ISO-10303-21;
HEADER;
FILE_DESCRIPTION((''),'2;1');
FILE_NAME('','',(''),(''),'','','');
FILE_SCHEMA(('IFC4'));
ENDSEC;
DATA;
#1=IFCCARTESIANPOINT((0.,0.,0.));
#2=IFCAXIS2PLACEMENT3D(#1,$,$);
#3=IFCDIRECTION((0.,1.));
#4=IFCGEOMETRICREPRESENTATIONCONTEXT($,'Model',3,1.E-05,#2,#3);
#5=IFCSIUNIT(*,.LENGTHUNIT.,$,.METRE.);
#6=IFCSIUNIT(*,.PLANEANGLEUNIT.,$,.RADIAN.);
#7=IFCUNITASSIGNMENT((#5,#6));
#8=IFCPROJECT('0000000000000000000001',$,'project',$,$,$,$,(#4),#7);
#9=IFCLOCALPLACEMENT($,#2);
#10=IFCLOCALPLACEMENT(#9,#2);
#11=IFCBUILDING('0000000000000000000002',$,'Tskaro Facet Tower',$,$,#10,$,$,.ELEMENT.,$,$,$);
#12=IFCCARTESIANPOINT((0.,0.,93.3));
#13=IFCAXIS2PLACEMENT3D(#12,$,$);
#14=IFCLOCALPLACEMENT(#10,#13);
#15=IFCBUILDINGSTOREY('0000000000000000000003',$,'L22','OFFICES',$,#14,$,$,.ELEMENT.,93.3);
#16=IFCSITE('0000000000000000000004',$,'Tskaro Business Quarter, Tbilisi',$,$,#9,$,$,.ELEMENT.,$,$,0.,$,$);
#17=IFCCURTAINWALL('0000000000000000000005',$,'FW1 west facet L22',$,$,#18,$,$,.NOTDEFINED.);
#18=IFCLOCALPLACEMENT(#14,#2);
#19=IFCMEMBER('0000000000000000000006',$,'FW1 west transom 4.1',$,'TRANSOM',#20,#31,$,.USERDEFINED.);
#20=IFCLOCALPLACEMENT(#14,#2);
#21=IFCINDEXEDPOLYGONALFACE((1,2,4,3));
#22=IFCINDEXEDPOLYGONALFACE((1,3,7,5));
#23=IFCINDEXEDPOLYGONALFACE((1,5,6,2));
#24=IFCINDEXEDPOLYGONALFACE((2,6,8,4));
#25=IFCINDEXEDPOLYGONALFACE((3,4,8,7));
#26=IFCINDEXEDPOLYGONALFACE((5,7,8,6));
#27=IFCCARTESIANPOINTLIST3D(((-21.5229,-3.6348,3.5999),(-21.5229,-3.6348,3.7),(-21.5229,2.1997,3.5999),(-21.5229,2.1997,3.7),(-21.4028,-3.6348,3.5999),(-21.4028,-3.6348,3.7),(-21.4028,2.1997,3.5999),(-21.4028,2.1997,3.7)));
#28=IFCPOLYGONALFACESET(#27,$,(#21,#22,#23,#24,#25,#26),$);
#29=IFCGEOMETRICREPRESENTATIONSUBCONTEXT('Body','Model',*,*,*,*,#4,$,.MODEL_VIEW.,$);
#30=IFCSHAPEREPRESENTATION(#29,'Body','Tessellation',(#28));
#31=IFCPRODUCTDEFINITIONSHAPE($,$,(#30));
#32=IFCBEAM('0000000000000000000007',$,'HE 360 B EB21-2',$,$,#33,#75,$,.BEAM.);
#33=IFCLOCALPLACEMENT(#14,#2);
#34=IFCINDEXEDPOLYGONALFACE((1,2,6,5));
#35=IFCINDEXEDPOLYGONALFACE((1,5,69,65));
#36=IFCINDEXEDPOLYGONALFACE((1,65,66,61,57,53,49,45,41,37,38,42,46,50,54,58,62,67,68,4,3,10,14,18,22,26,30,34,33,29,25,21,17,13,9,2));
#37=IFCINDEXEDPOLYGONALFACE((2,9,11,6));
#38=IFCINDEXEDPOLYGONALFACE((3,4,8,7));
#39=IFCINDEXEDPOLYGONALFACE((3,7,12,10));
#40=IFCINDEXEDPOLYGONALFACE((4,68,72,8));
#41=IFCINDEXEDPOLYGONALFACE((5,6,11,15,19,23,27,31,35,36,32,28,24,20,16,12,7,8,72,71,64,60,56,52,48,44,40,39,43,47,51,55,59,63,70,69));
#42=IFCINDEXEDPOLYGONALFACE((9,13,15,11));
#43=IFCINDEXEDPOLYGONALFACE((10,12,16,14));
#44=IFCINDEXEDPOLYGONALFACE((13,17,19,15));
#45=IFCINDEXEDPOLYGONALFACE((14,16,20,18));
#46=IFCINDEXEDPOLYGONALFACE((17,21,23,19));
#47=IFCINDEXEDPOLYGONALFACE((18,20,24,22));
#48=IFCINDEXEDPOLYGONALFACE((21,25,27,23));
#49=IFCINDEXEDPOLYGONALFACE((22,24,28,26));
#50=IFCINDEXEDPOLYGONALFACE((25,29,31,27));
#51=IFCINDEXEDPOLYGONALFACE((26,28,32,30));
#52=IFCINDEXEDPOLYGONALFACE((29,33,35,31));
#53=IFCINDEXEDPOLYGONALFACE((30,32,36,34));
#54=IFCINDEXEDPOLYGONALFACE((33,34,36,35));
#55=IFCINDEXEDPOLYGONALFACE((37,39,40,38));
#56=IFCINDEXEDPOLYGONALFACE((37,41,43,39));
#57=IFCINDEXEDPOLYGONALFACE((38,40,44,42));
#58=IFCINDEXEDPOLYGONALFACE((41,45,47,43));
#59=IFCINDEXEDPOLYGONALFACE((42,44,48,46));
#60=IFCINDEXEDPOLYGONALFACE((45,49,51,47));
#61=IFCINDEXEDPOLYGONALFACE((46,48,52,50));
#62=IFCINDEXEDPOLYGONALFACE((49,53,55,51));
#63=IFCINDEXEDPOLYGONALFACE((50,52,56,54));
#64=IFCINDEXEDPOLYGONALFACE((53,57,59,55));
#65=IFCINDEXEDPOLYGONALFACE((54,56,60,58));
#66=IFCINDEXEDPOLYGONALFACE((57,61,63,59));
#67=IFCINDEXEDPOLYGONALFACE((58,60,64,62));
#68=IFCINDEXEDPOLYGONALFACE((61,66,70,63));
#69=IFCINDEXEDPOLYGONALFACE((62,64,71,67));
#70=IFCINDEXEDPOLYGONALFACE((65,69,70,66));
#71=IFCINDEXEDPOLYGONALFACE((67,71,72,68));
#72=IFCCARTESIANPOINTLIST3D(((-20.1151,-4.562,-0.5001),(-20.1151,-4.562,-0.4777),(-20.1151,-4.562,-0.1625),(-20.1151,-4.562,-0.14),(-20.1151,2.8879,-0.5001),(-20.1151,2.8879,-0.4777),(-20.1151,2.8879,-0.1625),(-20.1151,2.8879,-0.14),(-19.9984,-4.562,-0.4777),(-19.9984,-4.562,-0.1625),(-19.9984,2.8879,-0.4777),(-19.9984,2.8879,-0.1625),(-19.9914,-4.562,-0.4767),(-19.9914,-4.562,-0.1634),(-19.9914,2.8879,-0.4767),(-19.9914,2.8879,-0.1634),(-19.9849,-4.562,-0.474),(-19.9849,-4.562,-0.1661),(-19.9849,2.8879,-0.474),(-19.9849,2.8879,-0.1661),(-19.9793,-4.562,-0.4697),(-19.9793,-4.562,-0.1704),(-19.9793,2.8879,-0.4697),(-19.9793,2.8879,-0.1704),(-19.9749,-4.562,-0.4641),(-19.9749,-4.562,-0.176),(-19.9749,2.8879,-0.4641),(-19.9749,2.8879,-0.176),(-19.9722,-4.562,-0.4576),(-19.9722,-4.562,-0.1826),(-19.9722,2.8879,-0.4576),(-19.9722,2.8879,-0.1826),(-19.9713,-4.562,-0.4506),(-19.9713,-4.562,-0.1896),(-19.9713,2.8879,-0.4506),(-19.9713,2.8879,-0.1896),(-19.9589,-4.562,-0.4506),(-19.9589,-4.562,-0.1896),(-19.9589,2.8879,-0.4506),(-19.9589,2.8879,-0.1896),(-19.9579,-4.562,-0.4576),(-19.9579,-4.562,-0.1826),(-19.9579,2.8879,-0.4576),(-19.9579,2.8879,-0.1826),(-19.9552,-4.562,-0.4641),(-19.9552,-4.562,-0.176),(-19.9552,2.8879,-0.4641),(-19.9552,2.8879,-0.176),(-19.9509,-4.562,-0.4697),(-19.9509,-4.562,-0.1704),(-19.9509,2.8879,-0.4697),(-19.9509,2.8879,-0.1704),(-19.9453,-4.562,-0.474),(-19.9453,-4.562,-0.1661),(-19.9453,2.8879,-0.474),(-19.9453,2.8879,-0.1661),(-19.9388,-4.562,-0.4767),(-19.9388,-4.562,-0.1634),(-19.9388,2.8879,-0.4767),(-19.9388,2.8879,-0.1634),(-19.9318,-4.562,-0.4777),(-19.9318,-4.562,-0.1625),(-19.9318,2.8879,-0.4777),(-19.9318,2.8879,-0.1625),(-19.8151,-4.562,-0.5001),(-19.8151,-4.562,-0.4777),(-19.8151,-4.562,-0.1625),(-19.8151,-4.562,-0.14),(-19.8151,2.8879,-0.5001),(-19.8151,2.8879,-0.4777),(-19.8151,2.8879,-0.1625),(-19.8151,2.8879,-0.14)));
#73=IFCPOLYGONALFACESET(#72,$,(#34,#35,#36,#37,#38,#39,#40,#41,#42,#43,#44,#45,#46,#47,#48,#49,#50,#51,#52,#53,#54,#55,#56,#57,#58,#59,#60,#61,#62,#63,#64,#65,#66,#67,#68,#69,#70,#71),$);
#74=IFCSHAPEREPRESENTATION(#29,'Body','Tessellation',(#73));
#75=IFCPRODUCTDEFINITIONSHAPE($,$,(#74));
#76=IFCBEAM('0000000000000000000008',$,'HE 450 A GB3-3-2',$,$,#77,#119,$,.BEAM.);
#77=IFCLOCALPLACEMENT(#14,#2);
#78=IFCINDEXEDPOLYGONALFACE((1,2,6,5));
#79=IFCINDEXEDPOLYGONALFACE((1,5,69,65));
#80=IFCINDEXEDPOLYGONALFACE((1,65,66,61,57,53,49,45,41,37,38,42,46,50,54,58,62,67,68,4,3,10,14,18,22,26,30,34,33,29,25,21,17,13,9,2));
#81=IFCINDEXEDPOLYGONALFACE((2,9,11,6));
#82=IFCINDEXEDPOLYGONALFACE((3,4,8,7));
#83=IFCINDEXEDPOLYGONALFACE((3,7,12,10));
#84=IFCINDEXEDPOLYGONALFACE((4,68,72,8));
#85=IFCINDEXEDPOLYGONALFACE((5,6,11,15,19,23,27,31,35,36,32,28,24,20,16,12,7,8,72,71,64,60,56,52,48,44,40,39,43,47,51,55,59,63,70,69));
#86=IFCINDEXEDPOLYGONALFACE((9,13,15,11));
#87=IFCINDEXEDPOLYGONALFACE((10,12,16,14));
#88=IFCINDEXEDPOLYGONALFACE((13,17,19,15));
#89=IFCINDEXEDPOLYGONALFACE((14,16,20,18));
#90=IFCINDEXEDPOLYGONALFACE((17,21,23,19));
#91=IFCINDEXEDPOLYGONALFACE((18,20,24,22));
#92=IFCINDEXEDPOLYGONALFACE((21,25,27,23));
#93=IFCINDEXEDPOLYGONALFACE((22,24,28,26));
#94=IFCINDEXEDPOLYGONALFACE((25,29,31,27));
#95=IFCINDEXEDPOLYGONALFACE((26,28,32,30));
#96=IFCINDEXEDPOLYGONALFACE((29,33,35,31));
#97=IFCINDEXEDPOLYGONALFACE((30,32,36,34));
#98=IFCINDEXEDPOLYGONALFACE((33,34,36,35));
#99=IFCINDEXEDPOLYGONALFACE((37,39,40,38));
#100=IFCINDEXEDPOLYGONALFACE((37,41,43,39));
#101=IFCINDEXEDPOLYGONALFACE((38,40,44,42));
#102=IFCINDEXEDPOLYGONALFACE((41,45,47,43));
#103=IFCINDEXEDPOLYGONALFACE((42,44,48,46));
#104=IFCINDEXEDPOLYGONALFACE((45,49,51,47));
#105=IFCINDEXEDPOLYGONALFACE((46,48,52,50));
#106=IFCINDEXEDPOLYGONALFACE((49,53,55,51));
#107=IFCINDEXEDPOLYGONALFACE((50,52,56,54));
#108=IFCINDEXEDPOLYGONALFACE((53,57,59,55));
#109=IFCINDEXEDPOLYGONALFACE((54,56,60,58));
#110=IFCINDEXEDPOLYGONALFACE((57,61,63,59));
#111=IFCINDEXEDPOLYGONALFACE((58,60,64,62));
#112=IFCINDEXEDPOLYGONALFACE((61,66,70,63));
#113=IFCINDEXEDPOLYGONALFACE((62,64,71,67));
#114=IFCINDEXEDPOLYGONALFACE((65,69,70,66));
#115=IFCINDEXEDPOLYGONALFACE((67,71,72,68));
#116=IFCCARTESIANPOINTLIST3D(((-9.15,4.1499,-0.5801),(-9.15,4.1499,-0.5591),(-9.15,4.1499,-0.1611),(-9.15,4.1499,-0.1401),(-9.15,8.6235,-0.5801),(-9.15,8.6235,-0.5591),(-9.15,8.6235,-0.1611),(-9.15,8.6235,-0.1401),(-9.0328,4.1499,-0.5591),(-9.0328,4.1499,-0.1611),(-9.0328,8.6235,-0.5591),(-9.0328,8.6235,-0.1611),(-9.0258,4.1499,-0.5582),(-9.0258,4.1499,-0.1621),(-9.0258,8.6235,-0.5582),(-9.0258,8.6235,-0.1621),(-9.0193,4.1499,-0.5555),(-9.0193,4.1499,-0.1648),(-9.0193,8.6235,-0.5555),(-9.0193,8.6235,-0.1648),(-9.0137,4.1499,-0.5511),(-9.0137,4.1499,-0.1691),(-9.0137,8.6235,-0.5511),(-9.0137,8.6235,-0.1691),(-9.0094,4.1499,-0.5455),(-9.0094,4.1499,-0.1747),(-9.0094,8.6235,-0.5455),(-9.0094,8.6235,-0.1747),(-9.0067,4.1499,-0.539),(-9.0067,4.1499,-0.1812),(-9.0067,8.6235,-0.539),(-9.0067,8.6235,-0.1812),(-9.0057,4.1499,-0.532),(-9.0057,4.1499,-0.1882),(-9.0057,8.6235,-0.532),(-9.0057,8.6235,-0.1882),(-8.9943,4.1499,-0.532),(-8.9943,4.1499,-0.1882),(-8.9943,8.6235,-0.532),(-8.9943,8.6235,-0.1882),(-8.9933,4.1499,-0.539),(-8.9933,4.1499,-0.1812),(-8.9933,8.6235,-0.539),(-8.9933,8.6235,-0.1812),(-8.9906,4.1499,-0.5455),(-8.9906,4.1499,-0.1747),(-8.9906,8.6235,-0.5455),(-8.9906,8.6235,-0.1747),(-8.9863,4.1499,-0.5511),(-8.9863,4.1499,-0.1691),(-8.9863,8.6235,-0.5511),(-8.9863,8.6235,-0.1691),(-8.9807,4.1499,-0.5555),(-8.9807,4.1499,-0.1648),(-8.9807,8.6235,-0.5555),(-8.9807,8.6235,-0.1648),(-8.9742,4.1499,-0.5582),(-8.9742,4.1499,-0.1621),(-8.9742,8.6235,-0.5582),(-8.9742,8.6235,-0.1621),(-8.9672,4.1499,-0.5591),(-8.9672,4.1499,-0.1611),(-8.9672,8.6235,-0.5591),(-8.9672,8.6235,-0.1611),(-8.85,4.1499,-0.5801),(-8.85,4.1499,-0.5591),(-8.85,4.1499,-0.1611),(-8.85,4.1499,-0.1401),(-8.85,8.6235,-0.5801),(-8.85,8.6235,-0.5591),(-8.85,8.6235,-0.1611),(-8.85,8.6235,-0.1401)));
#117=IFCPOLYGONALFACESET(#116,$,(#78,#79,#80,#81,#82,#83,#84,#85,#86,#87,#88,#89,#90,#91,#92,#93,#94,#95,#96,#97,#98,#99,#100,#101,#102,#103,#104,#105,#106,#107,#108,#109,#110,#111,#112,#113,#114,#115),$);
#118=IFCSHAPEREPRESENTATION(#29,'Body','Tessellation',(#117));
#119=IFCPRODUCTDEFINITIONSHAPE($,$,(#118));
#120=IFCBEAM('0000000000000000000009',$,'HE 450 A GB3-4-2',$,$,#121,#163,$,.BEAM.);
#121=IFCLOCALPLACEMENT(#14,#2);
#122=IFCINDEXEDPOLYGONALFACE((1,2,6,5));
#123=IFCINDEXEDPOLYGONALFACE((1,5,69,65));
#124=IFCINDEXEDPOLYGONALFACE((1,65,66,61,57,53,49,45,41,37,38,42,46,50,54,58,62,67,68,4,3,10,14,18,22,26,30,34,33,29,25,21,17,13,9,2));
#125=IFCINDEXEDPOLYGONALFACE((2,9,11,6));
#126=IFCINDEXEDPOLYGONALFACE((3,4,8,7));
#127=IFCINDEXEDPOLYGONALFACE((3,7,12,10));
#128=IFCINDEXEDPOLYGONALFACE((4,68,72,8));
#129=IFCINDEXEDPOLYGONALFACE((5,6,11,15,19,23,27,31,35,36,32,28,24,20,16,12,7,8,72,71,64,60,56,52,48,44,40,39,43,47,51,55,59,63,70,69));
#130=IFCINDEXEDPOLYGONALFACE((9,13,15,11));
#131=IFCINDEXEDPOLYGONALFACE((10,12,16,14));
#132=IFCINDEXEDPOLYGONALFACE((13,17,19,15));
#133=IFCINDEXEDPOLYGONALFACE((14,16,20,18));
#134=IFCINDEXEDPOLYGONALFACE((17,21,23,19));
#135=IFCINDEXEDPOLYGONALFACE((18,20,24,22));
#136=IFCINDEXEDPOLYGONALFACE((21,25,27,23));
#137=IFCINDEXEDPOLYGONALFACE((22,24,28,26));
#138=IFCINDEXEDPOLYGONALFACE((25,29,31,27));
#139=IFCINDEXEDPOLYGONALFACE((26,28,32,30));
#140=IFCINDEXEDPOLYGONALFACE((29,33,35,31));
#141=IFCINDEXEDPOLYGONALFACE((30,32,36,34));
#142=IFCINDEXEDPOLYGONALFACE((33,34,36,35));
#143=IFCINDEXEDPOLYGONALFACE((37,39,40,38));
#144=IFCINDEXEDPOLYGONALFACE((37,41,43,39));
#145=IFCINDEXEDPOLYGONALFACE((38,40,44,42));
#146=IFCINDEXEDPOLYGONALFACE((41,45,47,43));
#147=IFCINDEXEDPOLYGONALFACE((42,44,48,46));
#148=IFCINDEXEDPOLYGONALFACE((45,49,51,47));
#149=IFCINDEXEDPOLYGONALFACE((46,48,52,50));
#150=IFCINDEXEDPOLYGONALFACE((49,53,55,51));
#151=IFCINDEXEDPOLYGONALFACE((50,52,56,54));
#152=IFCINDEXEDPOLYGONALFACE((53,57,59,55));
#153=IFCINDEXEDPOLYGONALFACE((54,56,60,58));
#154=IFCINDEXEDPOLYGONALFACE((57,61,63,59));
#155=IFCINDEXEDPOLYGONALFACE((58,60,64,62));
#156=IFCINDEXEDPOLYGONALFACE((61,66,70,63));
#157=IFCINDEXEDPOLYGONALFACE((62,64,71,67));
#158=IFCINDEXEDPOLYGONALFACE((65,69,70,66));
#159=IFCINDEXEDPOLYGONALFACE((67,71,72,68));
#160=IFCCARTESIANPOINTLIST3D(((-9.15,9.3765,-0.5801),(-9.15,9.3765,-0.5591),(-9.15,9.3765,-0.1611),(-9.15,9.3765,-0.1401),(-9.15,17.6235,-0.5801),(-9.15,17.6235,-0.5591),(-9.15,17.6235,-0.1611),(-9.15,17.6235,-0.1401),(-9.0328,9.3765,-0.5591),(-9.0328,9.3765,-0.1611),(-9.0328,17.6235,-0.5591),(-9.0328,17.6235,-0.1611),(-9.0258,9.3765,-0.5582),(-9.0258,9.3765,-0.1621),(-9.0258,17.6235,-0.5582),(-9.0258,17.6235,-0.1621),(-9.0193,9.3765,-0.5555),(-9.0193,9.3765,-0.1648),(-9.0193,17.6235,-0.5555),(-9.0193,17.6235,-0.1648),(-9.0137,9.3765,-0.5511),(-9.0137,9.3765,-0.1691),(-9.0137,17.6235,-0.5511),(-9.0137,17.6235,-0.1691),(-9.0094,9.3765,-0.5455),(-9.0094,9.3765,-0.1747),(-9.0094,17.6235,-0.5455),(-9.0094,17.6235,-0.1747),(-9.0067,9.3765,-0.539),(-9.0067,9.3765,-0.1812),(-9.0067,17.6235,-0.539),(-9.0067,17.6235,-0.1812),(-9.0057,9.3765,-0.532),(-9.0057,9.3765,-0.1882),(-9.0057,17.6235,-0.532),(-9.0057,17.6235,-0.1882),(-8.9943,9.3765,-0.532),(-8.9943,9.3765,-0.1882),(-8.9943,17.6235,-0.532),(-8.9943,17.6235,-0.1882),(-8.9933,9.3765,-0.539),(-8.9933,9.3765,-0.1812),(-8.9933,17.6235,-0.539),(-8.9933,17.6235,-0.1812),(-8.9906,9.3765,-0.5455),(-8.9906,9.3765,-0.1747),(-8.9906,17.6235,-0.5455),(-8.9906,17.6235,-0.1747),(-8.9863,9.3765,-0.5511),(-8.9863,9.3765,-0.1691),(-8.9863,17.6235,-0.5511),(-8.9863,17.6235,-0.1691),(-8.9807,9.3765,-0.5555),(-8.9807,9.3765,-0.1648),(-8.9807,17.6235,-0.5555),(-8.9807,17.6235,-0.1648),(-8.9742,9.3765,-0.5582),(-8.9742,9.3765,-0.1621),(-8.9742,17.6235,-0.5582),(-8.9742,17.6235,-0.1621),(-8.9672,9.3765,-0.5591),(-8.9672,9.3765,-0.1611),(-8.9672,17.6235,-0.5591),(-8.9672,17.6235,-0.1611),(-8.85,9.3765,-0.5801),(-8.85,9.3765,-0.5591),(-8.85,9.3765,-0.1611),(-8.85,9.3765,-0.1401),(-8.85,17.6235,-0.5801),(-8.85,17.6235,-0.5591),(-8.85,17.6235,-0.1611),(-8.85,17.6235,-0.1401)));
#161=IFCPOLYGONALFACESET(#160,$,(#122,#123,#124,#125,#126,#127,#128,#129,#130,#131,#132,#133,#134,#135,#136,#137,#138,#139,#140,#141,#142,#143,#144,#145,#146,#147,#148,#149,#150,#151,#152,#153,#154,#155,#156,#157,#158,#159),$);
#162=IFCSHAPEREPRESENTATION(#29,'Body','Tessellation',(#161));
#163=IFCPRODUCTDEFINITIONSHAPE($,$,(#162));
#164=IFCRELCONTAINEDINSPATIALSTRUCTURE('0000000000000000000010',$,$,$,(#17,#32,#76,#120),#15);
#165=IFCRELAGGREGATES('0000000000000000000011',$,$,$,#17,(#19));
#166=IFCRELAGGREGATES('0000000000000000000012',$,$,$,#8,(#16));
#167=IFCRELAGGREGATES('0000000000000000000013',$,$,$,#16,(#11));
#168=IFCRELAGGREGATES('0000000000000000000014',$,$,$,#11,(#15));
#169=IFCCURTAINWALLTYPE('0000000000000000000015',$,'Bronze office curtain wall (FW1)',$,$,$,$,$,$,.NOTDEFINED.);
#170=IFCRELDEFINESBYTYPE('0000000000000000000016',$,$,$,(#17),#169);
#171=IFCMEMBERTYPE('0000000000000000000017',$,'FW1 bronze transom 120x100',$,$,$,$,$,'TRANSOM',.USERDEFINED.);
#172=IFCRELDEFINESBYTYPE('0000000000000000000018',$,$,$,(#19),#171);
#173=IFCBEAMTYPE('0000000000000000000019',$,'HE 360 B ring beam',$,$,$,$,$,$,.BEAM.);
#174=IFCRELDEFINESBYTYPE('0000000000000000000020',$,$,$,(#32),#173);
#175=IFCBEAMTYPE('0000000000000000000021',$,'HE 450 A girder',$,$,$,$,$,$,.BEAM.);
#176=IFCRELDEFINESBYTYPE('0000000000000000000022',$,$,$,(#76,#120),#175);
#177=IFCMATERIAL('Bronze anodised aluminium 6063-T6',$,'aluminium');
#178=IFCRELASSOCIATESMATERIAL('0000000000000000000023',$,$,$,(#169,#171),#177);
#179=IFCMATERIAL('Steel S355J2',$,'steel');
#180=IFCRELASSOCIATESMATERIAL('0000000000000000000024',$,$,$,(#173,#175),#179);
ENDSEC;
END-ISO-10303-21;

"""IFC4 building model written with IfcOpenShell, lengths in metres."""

from ifc_helpers import new_model, si_unit, direction, frame, origin, origin_2d, place, context, subcontext, project, spatial, rectangle, i_section, extrude, material, material_profile, profile_set, type_object, element, aggregate, save


model = new_model("IFC4")

# Units and contexts
model_context = context("Model", 3, precision=1e-05, world=origin(), true_north=direction((0.0, 1.0)))
body_context = subcontext(model_context, "Body", "Model", "MODEL_VIEW")
ifc_project = project(units=[si_unit("LENGTHUNIT", "METRE"), si_unit("PLANEANGLEUNIT", "RADIAN")], contexts=[model_context])

# Site, building, storey
site_placement = place(None, origin())
site = spatial("IfcSite", under=ifc_project, at=site_placement, Name="Tskaro Business Quarter, Tbilisi", CompositionType="ELEMENT", RefElevation=0.0)
building_placement = place(site_placement, origin())
building = spatial("IfcBuilding", under=site, at=building_placement, Name="Tskaro Facet Tower", CompositionType="ELEMENT")
storey_placement = place(building_placement, frame((0.0, 0.0, 93.3)))
storey = spatial("IfcBuildingStorey", under=building, at=storey_placement, Name="L22", Description="OFFICES", CompositionType="ELEMENT", Elevation=93.3)

# Curtain wall, member
ifc_material_1 = material(Name="Bronze anodised aluminium 6063-T6", Category="aluminium")
curtain_wall_type = type_object("IfcCurtainWallType", Name="Bronze office curtain wall (FW1)", PredefinedType="NOTDEFINED", material=ifc_material_1)
curtain_wall_placement = place(storey_placement, origin())
curtain_wall = element("IfcCurtainWall", 1, at=curtain_wall_placement, inside=storey, type_object=curtain_wall_type, Name="FW1 west facet L22", PredefinedType="NOTDEFINED")
ifc_material_profile_1 = material_profile(ifc_material_1, rectangle(XDim=0.1201, YDim=0.1001, at=origin_2d()), Name="Transom 120x100")
ifc_profile_set_1 = profile_set([ifc_material_profile_1], Name="Bronze anodised aluminium 6063-T6")
member_type_1 = type_object("IfcMemberType", Name="FW1 bronze transom 120x100", ElementType="TRANSOM", PredefinedType="USERDEFINED", material=ifc_profile_set_1)
member_1_placement = place(storey_placement, frame((-21.4629, 2.1997, 3.6499), z_axis=(0.0, -1.0, 0.0), x_axis=(1.0, 0.0, 0.0)))
member_1 = element("IfcMember", 2, at=member_1_placement, type_object=member_type_1, Name="FW1 west transom 4.1", ObjectType="TRANSOM", PredefinedType="USERDEFINED", context=body_context, shape_type="SweptSolid", body=[
    extrude(rectangle(XDim=0.1201, YDim=0.1001, at=origin_2d()), origin(), (0.0, 0.0, 1.0), 5.8345),
])

# Beams
ifc_material_2 = material(Name="Steel S355J2", Category="steel")
ifc_material_profile_2 = material_profile(ifc_material_2, i_section(OverallWidth=0.3, OverallDepth=0.3601, WebThickness=0.0125, FlangeThickness=0.0225, FilletRadius=0.0271, at=origin_2d()), Name="HE 360 B")
ifc_profile_set_2 = profile_set([ifc_material_profile_2], Name="Steel S355J2")
beam_type_1 = type_object("IfcBeamType", Name="HE 360 B ring beam", PredefinedType="BEAM", material=ifc_profile_set_2)
beam_1_placement = place(storey_placement, frame((-19.9651, 2.8879, -0.3201), z_axis=(0.0, -1.0, 0.0), x_axis=(1.0, 0.0, 0.0)))
element("IfcBeam", 3, at=beam_1_placement, inside=storey, type_object=beam_type_1, Name="HE 360 B EB21-2", PredefinedType="BEAM", context=body_context, shape_type="SweptSolid", body=[
    extrude(i_section(OverallWidth=0.3, OverallDepth=0.3601, WebThickness=0.0125, FlangeThickness=0.0225, FilletRadius=0.0271, at=origin_2d()), origin(), (0.0, 0.0, 1.0), 7.45),
])
ifc_material_profile_3 = material_profile(ifc_material_2, i_section(OverallWidth=0.3, OverallDepth=0.4399, WebThickness=0.0115, FlangeThickness=0.021, FilletRadius=0.0271, at=origin_2d()), Name="HE 450 A")
ifc_profile_set_3 = profile_set([ifc_material_profile_3], Name="Steel S355J2")
beam_type_2 = type_object("IfcBeamType", Name="HE 450 A girder", PredefinedType="BEAM", material=ifc_profile_set_3)
beam_2_placement = place(storey_placement, frame((-9.0, 4.1499, -0.3601), z_axis=(0.0, 1.0, 0.0), x_axis=(-1.0, 0.0, 0.0)))
element("IfcBeam", 4, at=beam_2_placement, inside=storey, type_object=beam_type_2, Name="HE 450 A GB3-3-2", PredefinedType="BEAM", context=body_context, shape_type="SweptSolid", body=[
    extrude(i_section(OverallWidth=0.3, OverallDepth=0.4399, WebThickness=0.0115, FlangeThickness=0.021, FilletRadius=0.0271, at=origin_2d()), origin(), (0.0, 0.0, 1.0), 4.4736),
])
beam_3_placement = place(storey_placement, frame((-9.0, 9.3765, -0.3601), z_axis=(0.0, 1.0, 0.0), x_axis=(-1.0, 0.0, 0.0)))
element("IfcBeam", 5, at=beam_3_placement, inside=storey, type_object=beam_type_2, Name="HE 450 A GB3-4-2", PredefinedType="BEAM", context=body_context, shape_type="SweptSolid", body=[
    extrude(i_section(OverallWidth=0.3, OverallDepth=0.4399, WebThickness=0.0115, FlangeThickness=0.021, FilletRadius=0.0271, at=origin_2d()), origin(), (0.0, 0.0, 1.0), 8.2471),
])

aggregate(curtain_wall, [member_1])

save(model, "model.ifc")
